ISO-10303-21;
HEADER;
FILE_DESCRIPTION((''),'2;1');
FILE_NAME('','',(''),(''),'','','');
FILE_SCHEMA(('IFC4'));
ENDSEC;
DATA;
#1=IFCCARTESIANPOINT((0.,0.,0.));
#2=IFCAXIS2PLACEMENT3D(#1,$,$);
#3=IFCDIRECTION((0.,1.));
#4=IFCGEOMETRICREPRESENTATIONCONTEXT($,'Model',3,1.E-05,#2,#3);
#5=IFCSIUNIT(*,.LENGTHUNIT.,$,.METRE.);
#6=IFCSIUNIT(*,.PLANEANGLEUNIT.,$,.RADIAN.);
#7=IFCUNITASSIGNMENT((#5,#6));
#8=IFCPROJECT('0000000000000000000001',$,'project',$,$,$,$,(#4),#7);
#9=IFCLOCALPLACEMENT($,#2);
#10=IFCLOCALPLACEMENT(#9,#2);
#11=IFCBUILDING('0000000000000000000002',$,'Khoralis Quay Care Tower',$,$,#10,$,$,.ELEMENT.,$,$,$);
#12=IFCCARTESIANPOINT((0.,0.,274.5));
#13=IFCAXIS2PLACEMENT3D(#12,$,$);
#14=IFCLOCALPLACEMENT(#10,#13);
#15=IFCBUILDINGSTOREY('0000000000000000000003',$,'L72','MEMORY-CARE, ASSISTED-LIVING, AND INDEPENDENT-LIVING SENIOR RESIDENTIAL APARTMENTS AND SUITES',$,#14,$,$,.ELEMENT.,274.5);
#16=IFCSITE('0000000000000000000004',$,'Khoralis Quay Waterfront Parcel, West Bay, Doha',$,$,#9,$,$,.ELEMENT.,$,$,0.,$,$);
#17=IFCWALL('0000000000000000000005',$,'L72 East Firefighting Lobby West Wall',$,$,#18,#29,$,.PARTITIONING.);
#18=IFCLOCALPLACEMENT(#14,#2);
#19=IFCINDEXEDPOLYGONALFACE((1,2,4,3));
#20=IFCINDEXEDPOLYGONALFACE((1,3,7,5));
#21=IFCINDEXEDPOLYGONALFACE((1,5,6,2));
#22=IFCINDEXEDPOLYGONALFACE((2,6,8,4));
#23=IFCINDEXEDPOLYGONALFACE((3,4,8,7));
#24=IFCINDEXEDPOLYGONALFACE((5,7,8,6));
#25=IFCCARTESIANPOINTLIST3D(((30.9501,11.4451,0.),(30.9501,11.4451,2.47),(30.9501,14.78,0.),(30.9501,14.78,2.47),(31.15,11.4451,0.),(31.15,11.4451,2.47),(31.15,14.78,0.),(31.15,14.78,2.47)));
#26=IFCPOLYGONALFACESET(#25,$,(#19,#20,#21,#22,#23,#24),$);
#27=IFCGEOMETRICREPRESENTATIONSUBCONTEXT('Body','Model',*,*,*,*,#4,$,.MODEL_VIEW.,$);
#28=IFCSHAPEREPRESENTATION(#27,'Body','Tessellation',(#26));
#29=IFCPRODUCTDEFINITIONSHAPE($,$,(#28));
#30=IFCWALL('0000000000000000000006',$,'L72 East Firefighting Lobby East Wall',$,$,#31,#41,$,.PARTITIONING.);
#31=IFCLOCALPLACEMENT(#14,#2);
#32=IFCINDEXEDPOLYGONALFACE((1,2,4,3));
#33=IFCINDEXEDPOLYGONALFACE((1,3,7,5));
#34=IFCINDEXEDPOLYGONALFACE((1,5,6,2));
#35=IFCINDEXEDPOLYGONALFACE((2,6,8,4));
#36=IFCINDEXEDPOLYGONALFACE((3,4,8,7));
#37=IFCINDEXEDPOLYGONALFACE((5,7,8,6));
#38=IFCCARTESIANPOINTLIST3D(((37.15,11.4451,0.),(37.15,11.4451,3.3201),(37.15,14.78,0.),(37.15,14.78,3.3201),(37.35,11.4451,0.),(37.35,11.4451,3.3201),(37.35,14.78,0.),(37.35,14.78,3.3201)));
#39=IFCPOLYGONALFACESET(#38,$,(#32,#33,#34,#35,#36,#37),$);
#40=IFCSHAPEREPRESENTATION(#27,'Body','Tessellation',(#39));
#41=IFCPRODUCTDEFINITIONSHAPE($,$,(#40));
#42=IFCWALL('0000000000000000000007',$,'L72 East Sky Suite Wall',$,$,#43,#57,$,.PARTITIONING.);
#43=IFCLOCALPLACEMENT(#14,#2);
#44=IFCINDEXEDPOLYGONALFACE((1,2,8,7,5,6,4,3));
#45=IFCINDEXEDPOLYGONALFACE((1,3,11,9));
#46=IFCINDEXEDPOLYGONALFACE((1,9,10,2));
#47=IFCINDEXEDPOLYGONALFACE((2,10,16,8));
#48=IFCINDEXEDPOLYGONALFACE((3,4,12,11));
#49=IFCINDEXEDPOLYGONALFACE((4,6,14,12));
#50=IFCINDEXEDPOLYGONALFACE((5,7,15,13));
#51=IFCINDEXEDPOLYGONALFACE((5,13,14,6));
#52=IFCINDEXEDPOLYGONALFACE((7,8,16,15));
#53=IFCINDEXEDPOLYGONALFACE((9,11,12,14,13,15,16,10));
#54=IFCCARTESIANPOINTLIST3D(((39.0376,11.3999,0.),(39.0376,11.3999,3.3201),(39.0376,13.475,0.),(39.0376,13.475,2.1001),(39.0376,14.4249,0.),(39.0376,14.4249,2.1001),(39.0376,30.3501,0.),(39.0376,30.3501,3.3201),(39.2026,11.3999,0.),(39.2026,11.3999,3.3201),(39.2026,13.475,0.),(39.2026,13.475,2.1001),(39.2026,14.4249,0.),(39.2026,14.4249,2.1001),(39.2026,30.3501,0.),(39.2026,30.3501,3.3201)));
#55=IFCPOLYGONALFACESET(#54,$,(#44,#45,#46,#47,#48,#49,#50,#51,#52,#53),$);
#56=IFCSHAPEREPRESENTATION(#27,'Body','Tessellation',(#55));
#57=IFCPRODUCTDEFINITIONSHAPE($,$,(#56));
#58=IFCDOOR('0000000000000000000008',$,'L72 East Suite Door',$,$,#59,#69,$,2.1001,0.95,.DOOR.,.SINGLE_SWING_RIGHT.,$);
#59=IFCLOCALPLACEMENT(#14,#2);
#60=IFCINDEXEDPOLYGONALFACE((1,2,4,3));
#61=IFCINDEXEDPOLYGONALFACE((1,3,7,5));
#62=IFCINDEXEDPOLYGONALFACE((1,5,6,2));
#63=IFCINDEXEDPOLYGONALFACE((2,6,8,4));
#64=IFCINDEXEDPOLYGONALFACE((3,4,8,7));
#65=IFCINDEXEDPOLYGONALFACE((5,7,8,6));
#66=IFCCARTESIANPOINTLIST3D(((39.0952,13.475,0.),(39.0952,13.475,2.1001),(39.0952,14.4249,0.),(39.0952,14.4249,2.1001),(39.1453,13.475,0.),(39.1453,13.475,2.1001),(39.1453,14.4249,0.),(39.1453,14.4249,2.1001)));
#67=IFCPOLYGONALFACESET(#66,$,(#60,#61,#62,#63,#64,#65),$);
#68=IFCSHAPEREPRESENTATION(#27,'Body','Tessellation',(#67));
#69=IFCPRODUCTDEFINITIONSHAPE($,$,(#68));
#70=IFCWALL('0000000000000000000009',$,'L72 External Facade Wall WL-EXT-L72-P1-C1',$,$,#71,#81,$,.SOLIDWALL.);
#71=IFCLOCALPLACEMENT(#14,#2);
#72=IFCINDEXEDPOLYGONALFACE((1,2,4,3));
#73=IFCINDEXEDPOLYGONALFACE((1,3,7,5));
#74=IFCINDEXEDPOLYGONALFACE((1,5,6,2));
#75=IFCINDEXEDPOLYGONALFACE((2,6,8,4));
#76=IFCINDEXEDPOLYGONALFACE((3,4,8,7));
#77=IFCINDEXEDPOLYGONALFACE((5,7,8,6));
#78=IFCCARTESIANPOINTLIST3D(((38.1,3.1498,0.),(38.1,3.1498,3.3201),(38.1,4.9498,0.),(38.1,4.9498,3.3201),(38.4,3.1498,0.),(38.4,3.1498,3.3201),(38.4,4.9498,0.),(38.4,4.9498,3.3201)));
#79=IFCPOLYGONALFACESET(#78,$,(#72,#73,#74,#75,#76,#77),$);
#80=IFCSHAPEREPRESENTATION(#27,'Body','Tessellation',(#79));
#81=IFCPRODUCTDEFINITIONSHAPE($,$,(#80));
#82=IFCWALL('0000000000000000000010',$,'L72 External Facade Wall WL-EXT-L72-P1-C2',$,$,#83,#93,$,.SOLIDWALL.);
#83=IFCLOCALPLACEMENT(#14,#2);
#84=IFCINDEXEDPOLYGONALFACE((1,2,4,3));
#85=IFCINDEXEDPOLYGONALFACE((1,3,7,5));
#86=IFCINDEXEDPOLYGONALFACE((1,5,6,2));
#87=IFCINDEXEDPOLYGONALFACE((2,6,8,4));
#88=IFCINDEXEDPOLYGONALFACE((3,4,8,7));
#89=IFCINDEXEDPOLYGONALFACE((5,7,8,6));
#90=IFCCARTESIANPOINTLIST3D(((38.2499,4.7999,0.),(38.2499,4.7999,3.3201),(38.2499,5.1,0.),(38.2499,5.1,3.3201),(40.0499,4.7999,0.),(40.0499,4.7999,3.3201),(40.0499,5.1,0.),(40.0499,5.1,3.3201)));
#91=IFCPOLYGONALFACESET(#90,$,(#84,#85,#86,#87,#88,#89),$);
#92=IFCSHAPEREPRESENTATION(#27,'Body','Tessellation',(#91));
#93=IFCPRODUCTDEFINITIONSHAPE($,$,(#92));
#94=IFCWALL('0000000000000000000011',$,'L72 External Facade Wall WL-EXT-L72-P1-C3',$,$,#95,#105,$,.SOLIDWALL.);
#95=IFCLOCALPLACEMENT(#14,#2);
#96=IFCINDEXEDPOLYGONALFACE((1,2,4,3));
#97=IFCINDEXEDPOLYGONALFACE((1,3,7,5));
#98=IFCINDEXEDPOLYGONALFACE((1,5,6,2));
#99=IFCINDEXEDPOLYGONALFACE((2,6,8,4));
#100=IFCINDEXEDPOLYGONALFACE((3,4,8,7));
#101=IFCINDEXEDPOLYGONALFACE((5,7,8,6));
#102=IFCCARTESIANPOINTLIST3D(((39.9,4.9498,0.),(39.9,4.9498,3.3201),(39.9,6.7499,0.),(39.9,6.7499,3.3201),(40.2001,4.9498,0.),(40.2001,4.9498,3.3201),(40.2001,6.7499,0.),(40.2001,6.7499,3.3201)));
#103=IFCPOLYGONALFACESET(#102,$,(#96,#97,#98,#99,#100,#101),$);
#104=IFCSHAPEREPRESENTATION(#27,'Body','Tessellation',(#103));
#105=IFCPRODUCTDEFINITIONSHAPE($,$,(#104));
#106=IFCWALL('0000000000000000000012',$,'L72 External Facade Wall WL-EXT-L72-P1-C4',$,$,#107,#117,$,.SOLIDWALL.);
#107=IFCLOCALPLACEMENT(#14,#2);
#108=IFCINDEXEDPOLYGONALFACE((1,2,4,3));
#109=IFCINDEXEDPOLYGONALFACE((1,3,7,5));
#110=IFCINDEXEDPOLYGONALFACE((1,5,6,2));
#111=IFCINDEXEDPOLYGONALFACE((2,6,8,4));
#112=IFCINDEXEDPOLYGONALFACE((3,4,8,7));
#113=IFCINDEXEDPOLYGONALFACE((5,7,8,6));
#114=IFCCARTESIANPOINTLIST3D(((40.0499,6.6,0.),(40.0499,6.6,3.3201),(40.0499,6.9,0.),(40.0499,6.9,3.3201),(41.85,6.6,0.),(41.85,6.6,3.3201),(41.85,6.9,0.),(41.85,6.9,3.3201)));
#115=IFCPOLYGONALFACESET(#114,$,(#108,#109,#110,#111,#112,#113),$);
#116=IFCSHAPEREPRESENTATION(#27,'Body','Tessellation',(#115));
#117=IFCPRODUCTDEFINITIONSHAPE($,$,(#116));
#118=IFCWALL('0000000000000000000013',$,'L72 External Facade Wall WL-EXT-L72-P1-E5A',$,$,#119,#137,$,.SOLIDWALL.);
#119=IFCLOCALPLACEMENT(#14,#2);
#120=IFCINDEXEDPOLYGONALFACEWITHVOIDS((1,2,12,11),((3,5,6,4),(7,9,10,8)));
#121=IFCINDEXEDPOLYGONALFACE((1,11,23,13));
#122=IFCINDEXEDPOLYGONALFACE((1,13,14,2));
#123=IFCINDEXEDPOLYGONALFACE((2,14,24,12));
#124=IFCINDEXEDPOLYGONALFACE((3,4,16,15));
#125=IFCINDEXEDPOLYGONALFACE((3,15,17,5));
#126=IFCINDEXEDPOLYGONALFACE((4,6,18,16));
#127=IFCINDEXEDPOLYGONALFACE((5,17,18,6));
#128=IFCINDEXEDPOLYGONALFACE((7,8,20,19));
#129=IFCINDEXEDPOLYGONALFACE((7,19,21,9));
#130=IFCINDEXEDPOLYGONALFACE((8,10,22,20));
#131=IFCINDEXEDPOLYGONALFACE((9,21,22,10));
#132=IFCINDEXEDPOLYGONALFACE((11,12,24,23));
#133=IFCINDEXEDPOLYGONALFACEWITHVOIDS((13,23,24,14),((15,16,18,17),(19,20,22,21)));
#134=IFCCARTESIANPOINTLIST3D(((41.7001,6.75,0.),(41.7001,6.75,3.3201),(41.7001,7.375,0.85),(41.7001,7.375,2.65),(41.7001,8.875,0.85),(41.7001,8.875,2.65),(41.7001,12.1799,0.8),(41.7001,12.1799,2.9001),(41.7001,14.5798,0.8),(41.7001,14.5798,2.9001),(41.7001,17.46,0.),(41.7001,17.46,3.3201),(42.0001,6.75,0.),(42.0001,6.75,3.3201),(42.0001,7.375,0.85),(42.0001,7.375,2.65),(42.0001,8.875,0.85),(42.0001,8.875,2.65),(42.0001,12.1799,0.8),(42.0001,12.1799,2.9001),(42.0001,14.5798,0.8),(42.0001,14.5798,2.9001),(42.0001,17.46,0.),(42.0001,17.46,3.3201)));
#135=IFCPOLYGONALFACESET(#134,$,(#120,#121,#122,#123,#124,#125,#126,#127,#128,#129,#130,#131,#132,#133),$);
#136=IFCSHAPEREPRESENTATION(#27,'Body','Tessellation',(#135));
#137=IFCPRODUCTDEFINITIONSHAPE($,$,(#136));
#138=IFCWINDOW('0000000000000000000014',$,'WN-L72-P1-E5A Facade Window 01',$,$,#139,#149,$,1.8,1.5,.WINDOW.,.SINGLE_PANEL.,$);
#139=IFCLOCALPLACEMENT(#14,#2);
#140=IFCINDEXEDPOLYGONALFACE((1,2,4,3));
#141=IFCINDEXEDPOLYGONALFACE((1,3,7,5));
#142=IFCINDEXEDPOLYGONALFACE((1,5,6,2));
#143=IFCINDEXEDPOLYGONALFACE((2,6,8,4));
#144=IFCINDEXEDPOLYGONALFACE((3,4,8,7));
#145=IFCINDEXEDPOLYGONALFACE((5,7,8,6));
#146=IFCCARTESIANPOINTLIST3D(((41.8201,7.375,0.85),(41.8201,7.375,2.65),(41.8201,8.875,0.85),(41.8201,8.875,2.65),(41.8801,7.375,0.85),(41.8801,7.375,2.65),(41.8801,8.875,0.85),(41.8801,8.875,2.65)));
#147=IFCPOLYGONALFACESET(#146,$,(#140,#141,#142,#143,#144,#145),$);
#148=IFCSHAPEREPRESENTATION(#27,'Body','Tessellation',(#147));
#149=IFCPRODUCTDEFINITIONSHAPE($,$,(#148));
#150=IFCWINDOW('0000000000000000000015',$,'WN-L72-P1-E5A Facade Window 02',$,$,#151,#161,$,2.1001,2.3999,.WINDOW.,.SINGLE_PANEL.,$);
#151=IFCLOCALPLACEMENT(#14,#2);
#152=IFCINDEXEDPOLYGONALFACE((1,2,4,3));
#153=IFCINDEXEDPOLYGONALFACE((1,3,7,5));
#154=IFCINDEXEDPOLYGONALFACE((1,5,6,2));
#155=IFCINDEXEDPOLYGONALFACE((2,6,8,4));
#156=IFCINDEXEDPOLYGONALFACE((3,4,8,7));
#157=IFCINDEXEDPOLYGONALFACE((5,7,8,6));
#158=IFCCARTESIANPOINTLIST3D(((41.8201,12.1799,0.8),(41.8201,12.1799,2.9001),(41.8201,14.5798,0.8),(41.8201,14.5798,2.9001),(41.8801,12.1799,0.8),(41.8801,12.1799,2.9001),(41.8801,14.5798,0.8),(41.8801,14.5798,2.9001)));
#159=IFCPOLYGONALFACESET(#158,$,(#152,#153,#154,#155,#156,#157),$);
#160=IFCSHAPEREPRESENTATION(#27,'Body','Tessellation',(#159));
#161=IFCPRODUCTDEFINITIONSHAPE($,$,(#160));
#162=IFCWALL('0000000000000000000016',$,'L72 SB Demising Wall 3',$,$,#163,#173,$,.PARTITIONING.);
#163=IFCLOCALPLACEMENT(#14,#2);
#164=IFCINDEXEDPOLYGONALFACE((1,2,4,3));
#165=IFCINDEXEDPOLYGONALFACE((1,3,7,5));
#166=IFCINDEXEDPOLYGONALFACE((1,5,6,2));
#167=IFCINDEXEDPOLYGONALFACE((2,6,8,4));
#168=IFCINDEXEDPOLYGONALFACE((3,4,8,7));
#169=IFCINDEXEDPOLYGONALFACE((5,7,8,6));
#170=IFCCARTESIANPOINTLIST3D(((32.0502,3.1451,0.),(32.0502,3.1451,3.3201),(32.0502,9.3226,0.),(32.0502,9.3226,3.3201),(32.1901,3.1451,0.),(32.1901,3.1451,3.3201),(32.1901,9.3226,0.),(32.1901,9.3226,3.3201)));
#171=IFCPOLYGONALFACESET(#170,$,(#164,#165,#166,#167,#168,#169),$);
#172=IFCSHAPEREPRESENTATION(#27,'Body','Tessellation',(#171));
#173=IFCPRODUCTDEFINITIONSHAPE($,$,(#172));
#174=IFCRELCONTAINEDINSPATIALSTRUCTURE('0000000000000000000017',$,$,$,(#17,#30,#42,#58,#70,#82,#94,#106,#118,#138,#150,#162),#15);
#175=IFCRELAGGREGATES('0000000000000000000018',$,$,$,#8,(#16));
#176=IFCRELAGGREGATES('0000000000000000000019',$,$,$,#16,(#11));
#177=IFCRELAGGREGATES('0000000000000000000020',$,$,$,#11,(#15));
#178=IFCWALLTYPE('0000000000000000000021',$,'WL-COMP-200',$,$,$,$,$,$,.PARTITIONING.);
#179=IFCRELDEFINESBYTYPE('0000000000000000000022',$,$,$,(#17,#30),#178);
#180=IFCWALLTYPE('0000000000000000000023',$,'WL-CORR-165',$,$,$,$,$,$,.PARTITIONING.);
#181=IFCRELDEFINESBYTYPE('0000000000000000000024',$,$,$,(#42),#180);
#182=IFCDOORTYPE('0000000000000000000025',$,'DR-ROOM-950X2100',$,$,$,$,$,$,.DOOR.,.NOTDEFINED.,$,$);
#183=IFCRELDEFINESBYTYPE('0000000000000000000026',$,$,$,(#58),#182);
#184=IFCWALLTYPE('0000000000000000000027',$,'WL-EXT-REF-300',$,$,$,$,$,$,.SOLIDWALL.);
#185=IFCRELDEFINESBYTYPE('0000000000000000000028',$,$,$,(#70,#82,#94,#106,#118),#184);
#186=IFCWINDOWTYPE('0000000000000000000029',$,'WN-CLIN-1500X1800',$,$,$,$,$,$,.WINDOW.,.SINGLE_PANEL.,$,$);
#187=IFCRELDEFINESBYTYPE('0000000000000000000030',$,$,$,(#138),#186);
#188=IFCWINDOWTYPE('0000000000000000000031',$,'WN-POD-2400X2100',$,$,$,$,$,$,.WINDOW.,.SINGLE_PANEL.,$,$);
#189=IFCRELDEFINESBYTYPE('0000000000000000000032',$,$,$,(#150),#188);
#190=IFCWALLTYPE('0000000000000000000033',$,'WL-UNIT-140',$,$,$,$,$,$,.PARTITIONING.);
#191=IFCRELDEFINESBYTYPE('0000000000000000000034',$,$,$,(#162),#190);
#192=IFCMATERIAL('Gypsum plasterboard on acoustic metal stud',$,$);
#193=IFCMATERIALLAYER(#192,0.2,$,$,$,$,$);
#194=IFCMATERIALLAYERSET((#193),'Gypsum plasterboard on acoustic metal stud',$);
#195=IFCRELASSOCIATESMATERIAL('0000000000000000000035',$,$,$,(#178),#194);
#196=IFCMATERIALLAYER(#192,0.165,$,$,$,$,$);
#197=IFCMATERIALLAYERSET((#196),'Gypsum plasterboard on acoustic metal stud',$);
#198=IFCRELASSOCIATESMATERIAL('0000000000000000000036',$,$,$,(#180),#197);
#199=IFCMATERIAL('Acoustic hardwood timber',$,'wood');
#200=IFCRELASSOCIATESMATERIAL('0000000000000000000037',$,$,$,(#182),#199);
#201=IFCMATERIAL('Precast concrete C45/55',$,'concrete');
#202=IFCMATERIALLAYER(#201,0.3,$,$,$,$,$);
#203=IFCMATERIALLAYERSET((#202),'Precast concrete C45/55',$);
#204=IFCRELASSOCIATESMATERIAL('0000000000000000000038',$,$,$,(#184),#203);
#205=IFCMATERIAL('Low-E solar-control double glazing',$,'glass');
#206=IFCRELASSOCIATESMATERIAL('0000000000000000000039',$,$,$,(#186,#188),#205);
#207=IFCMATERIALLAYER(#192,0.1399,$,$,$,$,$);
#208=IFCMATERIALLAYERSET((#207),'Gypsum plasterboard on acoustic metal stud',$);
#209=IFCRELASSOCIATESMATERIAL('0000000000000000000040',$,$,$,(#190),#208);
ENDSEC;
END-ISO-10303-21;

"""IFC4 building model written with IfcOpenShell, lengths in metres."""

from ifc_helpers import new_model, si_unit, direction, frame, frame_2d, origin, place, context, subcontext, project, spatial, rectangle, extrude, source, transform, mapped, material, layer, layer_set, type_object, element, fill, save


model = new_model("IFC4")

# Units and contexts
model_context = context("Model", 3, precision=1e-05, world=origin(), true_north=direction((0.0, 1.0)))
body_context = subcontext(model_context, "Body", "Model", "MODEL_VIEW")
ifc_project = project(units=[si_unit("LENGTHUNIT", "METRE"), si_unit("PLANEANGLEUNIT", "RADIAN")], contexts=[model_context])

# Site, building, storey
site_placement = place(None, origin())
site = spatial("IfcSite", under=ifc_project, at=site_placement, Name="Khoralis Quay Waterfront Parcel, West Bay, Doha", CompositionType="ELEMENT", RefElevation=0.0)
building_placement = place(site_placement, origin())
building = spatial("IfcBuilding", under=site, at=building_placement, Name="Khoralis Quay Care Tower", CompositionType="ELEMENT")
storey_placement = place(building_placement, frame((0.0, 0.0, 274.5)))
storey = spatial("IfcBuildingStorey", under=building, at=storey_placement, Name="L72", Description="MEMORY-CARE, ASSISTED-LIVING, AND INDEPENDENT-LIVING SENIOR RESIDENTIAL APARTMENTS AND SUITES", CompositionType="ELEMENT", Elevation=274.5)

# Shared definitions
ifc_material_1 = material(Name="Gypsum plasterboard on acoustic metal stud")
ifc_layer_1 = layer(ifc_material_1, 0.2)
ifc_layer_set_1 = layer_set([ifc_layer_1], Name="Gypsum plasterboard on acoustic metal stud")
wall_type_1 = type_object("IfcWallType", Name="WL-COMP-200", PredefinedType="PARTITIONING", material=ifc_layer_set_1)

# Walls
wall_1_placement = place(storey_placement, frame((31.05, 11.4451, 0.0), z_axis=(0.0, 0.0, 1.0), x_axis=(0.0, 1.0, 0.0)))
element("IfcWall", 1, at=wall_1_placement, inside=storey, type_object=wall_type_1, Name="L72 East Firefighting Lobby West Wall", PredefinedType="PARTITIONING", context=body_context, shape_type="SweptSolid", body=[
    extrude(rectangle(XDim=3.335, YDim=0.2, at=frame_2d((1.6675, 0.0))), origin(), (0.0, 0.0, 1.0), 2.47),
])
wall_2_placement = place(storey_placement, frame((37.25, 11.4451, 0.0), z_axis=(0.0, 0.0, 1.0), x_axis=(0.0, 1.0, 0.0)))
element("IfcWall", 2, at=wall_2_placement, inside=storey, type_object=wall_type_1, Name="L72 East Firefighting Lobby East Wall", PredefinedType="PARTITIONING", context=body_context, shape_type="SweptSolid", body=[
    extrude(rectangle(XDim=3.335, YDim=0.2, at=frame_2d((1.6675, 0.0))), origin(), (0.0, 0.0, 1.0), 3.3201),
])

# Wall, opening, door
ifc_layer_2 = layer(ifc_material_1, 0.165)
ifc_layer_set_2 = layer_set([ifc_layer_2], Name="Gypsum plasterboard on acoustic metal stud")
wall_type_2 = type_object("IfcWallType", Name="WL-CORR-165", PredefinedType="PARTITIONING", material=ifc_layer_set_2)
wall_3_placement = place(storey_placement, frame((39.1201, 11.3999, 0.0), z_axis=(0.0, 0.0, 1.0), x_axis=(0.0, 1.0, 0.0)))
wall_3 = element("IfcWall", 3, at=wall_3_placement, inside=storey, type_object=wall_type_2, Name="L72 East Sky Suite Wall", PredefinedType="PARTITIONING", context=body_context, shape_type="SweptSolid", body=[
    extrude(rectangle(XDim=18.9502, YDim=0.165, at=frame_2d((9.4751, 0.0))), origin(), (0.0, 0.0, 1.0), 3.3201),
])
opening_1_placement = place(wall_3_placement, frame((2.075, 0.0, 0.0)))
opening_1 = element("IfcOpeningElement", 4, at=opening_1_placement, cuts=wall_3, PredefinedType="OPENING", context=body_context, shape_type="SweptSolid", body=[
    extrude(rectangle(XDim=0.95, YDim=2.1001, at=frame_2d((0.4751, 1.05))), frame((0.0, 0.0925, 0.0), z_axis=(0.0, -1.0, 0.0), x_axis=(1.0, 0.0, 0.0)), (0.0, 0.0, 1.0), 0.1851),
])
ifc_material_2 = material(Name="Acoustic hardwood timber", Category="wood")
door_type_1 = type_object("IfcDoorType", Name="DR-ROOM-950X2100", OperationType="NOTDEFINED", PredefinedType="DOOR", material=ifc_material_2)
shared_shape_1 = source(origin(), body_context, "Body", "SweptSolid", [
    extrude(rectangle(XDim=0.95, YDim=2.1001, at=frame_2d((0.4751, 1.05))), frame((0.0, 0.0249, 0.0), z_axis=(0.0, -1.0, 0.0), x_axis=(1.0, 0.0, 0.0)), (0.0, 0.0, 1.0), 0.05),
])
door_1_placement = place(opening_1_placement, origin())
door_1 = element("IfcDoor", 5, at=door_1_placement, inside=storey, type_object=door_type_1, Name="L72 East Suite Door", OperationType="SINGLE_SWING_RIGHT", OverallHeight=2.1001, OverallWidth=0.95, PredefinedType="DOOR", context=body_context, shape_type="MappedRepresentation", body=[
    mapped(shared_shape_1, transform((0.0, 0.0, 0.0), scale=1.0)),
])
fill(opening_1, door_1)

# Walls
ifc_material_3 = material(Name="Precast concrete C45/55", Category="concrete")
ifc_layer_3 = layer(ifc_material_3, 0.3)
ifc_layer_set_3 = layer_set([ifc_layer_3], Name="Precast concrete C45/55")
wall_type_3 = type_object("IfcWallType", Name="WL-EXT-REF-300", PredefinedType="SOLIDWALL", material=ifc_layer_set_3)
for number, where, z_axis, x_axis, name in (
    (6, (38.25, 3.1499, 0.0), (0.0, 0.0, 1.0), (0.0, 1.0, 0.0), "L72 External Facade Wall WL-EXT-L72-P1-C1"),
    (7, (38.25, 4.95, 0.0), (0.0, 0.0, 1.0), (1.0, 0.0, 0.0), "L72 External Facade Wall WL-EXT-L72-P1-C2"),
    (8, (40.05, 4.95, 0.0), (0.0, 0.0, 1.0), (0.0, 1.0, 0.0), "L72 External Facade Wall WL-EXT-L72-P1-C3"),
    (9, (40.05, 6.75, 0.0), (0.0, 0.0, 1.0), (1.0, 0.0, 0.0), "L72 External Facade Wall WL-EXT-L72-P1-C4"),
):
    element("IfcWall", number, at=place(storey_placement, frame(where, z_axis=z_axis, x_axis=x_axis)), inside=storey, type_object=wall_type_3, Name=name, PredefinedType="SOLIDWALL", context=body_context, shape_type="SweptSolid", body=[
        extrude(rectangle(XDim=1.8, YDim=0.3, at=frame_2d((0.8999, 0.0))), origin(), (0.0, 0.0, 1.0), 3.3201),
    ])

# Wall, openings, windows
wall_4_placement = place(storey_placement, frame((41.8501, 6.75, 0.0), z_axis=(0.0, 0.0, 1.0), x_axis=(0.0, 1.0, 0.0)))
wall_4 = element("IfcWall", 10, at=wall_4_placement, inside=storey, type_object=wall_type_3, Name="L72 External Facade Wall WL-EXT-L72-P1-E5A", PredefinedType="SOLIDWALL", context=body_context, shape_type="SweptSolid", body=[
    extrude(rectangle(XDim=10.71, YDim=0.3, at=frame_2d((5.355, 0.0))), origin(), (0.0, 0.0, 1.0), 3.3201),
])
opening_2_placement = place(wall_4_placement, frame((0.625, 0.0, 0.8501)))
opening_2 = element("IfcOpeningElement", 11, at=opening_2_placement, cuts=wall_4, PredefinedType="OPENING", context=body_context, shape_type="SweptSolid", body=[
    extrude(rectangle(XDim=1.5, YDim=1.8, at=frame_2d((0.75, 0.8999))), frame((0.0, 0.1602, 0.0), z_axis=(0.0, -1.0, 0.0), x_axis=(1.0, 0.0, 0.0)), (0.0, 0.0, 1.0), 0.3201),
])
opening_3_placement = place(wall_4_placement, frame((5.4299, 0.0, 0.8)))
opening_3 = element("IfcOpeningElement", 12, at=opening_3_placement, cuts=wall_4, PredefinedType="OPENING", context=body_context, shape_type="SweptSolid", body=[
    extrude(rectangle(XDim=2.3999, YDim=2.1001, at=frame_2d((1.2, 1.05))), frame((0.0, 0.1602, 0.0), z_axis=(0.0, -1.0, 0.0), x_axis=(1.0, 0.0, 0.0)), (0.0, 0.0, 1.0), 0.3201),
])
ifc_material_4 = material(Name="Low-E solar-control double glazing", Category="glass")
window_type_1 = type_object("IfcWindowType", Name="WN-CLIN-1500X1800", PartitioningType="SINGLE_PANEL", PredefinedType="WINDOW", material=ifc_material_4)
shared_shape_2 = source(origin(), body_context, "Body", "SweptSolid", [
    extrude(rectangle(XDim=1.5, YDim=1.8, at=frame_2d((0.75, 0.8999))), frame((0.0, 0.03, 0.0), z_axis=(0.0, -1.0, 0.0), x_axis=(1.0, 0.0, 0.0)), (0.0, 0.0, 1.0), 0.0601),
])
window_1_placement = place(opening_2_placement, origin())
window_1 = element("IfcWindow", 13, at=window_1_placement, inside=storey, type_object=window_type_1, Name="WN-L72-P1-E5A Facade Window 01", OverallHeight=1.8, OverallWidth=1.5, PartitioningType="SINGLE_PANEL", PredefinedType="WINDOW", context=body_context, shape_type="MappedRepresentation", body=[
    mapped(shared_shape_2, transform((0.0, 0.0, 0.0), scale=1.0)),
])
fill(opening_2, window_1)
window_type_2 = type_object("IfcWindowType", Name="WN-POD-2400X2100", PartitioningType="SINGLE_PANEL", PredefinedType="WINDOW", material=ifc_material_4)
shared_shape_3 = source(origin(), body_context, "Body", "SweptSolid", [
    extrude(rectangle(XDim=2.3999, YDim=2.1001, at=frame_2d((1.2, 1.05))), frame((0.0, 0.03, 0.0), z_axis=(0.0, -1.0, 0.0), x_axis=(1.0, 0.0, 0.0)), (0.0, 0.0, 1.0), 0.0601),
])
window_2_placement = place(opening_3_placement, origin())
window_2 = element("IfcWindow", 14, at=window_2_placement, inside=storey, type_object=window_type_2, Name="WN-L72-P1-E5A Facade Window 02", OverallHeight=2.1001, OverallWidth=2.3999, PartitioningType="SINGLE_PANEL", PredefinedType="WINDOW", context=body_context, shape_type="MappedRepresentation", body=[
    mapped(shared_shape_3, transform((0.0, 0.0, 0.0), scale=1.0)),
])
fill(opening_3, window_2)

# Wall
ifc_layer_4 = layer(ifc_material_1, 0.1399)
ifc_layer_set_4 = layer_set([ifc_layer_4], Name="Gypsum plasterboard on acoustic metal stud")
wall_type_4 = type_object("IfcWallType", Name="WL-UNIT-140", PredefinedType="PARTITIONING", material=ifc_layer_set_4)
wall_5_placement = place(storey_placement, frame((32.1201, 3.145, 0.0), z_axis=(0.0, 0.0, 1.0), x_axis=(0.0, 1.0, 0.0)))
element("IfcWall", 15, at=wall_5_placement, inside=storey, type_object=wall_type_4, Name="L72 SB Demising Wall 3", PredefinedType="PARTITIONING", context=body_context, shape_type="SweptSolid", body=[
    extrude(rectangle(XDim=6.1775, YDim=0.1399, at=frame_2d((3.0889, 0.0))), origin(), (0.0, 0.0, 1.0), 3.3201),
])

save(model, "model.ifc")
